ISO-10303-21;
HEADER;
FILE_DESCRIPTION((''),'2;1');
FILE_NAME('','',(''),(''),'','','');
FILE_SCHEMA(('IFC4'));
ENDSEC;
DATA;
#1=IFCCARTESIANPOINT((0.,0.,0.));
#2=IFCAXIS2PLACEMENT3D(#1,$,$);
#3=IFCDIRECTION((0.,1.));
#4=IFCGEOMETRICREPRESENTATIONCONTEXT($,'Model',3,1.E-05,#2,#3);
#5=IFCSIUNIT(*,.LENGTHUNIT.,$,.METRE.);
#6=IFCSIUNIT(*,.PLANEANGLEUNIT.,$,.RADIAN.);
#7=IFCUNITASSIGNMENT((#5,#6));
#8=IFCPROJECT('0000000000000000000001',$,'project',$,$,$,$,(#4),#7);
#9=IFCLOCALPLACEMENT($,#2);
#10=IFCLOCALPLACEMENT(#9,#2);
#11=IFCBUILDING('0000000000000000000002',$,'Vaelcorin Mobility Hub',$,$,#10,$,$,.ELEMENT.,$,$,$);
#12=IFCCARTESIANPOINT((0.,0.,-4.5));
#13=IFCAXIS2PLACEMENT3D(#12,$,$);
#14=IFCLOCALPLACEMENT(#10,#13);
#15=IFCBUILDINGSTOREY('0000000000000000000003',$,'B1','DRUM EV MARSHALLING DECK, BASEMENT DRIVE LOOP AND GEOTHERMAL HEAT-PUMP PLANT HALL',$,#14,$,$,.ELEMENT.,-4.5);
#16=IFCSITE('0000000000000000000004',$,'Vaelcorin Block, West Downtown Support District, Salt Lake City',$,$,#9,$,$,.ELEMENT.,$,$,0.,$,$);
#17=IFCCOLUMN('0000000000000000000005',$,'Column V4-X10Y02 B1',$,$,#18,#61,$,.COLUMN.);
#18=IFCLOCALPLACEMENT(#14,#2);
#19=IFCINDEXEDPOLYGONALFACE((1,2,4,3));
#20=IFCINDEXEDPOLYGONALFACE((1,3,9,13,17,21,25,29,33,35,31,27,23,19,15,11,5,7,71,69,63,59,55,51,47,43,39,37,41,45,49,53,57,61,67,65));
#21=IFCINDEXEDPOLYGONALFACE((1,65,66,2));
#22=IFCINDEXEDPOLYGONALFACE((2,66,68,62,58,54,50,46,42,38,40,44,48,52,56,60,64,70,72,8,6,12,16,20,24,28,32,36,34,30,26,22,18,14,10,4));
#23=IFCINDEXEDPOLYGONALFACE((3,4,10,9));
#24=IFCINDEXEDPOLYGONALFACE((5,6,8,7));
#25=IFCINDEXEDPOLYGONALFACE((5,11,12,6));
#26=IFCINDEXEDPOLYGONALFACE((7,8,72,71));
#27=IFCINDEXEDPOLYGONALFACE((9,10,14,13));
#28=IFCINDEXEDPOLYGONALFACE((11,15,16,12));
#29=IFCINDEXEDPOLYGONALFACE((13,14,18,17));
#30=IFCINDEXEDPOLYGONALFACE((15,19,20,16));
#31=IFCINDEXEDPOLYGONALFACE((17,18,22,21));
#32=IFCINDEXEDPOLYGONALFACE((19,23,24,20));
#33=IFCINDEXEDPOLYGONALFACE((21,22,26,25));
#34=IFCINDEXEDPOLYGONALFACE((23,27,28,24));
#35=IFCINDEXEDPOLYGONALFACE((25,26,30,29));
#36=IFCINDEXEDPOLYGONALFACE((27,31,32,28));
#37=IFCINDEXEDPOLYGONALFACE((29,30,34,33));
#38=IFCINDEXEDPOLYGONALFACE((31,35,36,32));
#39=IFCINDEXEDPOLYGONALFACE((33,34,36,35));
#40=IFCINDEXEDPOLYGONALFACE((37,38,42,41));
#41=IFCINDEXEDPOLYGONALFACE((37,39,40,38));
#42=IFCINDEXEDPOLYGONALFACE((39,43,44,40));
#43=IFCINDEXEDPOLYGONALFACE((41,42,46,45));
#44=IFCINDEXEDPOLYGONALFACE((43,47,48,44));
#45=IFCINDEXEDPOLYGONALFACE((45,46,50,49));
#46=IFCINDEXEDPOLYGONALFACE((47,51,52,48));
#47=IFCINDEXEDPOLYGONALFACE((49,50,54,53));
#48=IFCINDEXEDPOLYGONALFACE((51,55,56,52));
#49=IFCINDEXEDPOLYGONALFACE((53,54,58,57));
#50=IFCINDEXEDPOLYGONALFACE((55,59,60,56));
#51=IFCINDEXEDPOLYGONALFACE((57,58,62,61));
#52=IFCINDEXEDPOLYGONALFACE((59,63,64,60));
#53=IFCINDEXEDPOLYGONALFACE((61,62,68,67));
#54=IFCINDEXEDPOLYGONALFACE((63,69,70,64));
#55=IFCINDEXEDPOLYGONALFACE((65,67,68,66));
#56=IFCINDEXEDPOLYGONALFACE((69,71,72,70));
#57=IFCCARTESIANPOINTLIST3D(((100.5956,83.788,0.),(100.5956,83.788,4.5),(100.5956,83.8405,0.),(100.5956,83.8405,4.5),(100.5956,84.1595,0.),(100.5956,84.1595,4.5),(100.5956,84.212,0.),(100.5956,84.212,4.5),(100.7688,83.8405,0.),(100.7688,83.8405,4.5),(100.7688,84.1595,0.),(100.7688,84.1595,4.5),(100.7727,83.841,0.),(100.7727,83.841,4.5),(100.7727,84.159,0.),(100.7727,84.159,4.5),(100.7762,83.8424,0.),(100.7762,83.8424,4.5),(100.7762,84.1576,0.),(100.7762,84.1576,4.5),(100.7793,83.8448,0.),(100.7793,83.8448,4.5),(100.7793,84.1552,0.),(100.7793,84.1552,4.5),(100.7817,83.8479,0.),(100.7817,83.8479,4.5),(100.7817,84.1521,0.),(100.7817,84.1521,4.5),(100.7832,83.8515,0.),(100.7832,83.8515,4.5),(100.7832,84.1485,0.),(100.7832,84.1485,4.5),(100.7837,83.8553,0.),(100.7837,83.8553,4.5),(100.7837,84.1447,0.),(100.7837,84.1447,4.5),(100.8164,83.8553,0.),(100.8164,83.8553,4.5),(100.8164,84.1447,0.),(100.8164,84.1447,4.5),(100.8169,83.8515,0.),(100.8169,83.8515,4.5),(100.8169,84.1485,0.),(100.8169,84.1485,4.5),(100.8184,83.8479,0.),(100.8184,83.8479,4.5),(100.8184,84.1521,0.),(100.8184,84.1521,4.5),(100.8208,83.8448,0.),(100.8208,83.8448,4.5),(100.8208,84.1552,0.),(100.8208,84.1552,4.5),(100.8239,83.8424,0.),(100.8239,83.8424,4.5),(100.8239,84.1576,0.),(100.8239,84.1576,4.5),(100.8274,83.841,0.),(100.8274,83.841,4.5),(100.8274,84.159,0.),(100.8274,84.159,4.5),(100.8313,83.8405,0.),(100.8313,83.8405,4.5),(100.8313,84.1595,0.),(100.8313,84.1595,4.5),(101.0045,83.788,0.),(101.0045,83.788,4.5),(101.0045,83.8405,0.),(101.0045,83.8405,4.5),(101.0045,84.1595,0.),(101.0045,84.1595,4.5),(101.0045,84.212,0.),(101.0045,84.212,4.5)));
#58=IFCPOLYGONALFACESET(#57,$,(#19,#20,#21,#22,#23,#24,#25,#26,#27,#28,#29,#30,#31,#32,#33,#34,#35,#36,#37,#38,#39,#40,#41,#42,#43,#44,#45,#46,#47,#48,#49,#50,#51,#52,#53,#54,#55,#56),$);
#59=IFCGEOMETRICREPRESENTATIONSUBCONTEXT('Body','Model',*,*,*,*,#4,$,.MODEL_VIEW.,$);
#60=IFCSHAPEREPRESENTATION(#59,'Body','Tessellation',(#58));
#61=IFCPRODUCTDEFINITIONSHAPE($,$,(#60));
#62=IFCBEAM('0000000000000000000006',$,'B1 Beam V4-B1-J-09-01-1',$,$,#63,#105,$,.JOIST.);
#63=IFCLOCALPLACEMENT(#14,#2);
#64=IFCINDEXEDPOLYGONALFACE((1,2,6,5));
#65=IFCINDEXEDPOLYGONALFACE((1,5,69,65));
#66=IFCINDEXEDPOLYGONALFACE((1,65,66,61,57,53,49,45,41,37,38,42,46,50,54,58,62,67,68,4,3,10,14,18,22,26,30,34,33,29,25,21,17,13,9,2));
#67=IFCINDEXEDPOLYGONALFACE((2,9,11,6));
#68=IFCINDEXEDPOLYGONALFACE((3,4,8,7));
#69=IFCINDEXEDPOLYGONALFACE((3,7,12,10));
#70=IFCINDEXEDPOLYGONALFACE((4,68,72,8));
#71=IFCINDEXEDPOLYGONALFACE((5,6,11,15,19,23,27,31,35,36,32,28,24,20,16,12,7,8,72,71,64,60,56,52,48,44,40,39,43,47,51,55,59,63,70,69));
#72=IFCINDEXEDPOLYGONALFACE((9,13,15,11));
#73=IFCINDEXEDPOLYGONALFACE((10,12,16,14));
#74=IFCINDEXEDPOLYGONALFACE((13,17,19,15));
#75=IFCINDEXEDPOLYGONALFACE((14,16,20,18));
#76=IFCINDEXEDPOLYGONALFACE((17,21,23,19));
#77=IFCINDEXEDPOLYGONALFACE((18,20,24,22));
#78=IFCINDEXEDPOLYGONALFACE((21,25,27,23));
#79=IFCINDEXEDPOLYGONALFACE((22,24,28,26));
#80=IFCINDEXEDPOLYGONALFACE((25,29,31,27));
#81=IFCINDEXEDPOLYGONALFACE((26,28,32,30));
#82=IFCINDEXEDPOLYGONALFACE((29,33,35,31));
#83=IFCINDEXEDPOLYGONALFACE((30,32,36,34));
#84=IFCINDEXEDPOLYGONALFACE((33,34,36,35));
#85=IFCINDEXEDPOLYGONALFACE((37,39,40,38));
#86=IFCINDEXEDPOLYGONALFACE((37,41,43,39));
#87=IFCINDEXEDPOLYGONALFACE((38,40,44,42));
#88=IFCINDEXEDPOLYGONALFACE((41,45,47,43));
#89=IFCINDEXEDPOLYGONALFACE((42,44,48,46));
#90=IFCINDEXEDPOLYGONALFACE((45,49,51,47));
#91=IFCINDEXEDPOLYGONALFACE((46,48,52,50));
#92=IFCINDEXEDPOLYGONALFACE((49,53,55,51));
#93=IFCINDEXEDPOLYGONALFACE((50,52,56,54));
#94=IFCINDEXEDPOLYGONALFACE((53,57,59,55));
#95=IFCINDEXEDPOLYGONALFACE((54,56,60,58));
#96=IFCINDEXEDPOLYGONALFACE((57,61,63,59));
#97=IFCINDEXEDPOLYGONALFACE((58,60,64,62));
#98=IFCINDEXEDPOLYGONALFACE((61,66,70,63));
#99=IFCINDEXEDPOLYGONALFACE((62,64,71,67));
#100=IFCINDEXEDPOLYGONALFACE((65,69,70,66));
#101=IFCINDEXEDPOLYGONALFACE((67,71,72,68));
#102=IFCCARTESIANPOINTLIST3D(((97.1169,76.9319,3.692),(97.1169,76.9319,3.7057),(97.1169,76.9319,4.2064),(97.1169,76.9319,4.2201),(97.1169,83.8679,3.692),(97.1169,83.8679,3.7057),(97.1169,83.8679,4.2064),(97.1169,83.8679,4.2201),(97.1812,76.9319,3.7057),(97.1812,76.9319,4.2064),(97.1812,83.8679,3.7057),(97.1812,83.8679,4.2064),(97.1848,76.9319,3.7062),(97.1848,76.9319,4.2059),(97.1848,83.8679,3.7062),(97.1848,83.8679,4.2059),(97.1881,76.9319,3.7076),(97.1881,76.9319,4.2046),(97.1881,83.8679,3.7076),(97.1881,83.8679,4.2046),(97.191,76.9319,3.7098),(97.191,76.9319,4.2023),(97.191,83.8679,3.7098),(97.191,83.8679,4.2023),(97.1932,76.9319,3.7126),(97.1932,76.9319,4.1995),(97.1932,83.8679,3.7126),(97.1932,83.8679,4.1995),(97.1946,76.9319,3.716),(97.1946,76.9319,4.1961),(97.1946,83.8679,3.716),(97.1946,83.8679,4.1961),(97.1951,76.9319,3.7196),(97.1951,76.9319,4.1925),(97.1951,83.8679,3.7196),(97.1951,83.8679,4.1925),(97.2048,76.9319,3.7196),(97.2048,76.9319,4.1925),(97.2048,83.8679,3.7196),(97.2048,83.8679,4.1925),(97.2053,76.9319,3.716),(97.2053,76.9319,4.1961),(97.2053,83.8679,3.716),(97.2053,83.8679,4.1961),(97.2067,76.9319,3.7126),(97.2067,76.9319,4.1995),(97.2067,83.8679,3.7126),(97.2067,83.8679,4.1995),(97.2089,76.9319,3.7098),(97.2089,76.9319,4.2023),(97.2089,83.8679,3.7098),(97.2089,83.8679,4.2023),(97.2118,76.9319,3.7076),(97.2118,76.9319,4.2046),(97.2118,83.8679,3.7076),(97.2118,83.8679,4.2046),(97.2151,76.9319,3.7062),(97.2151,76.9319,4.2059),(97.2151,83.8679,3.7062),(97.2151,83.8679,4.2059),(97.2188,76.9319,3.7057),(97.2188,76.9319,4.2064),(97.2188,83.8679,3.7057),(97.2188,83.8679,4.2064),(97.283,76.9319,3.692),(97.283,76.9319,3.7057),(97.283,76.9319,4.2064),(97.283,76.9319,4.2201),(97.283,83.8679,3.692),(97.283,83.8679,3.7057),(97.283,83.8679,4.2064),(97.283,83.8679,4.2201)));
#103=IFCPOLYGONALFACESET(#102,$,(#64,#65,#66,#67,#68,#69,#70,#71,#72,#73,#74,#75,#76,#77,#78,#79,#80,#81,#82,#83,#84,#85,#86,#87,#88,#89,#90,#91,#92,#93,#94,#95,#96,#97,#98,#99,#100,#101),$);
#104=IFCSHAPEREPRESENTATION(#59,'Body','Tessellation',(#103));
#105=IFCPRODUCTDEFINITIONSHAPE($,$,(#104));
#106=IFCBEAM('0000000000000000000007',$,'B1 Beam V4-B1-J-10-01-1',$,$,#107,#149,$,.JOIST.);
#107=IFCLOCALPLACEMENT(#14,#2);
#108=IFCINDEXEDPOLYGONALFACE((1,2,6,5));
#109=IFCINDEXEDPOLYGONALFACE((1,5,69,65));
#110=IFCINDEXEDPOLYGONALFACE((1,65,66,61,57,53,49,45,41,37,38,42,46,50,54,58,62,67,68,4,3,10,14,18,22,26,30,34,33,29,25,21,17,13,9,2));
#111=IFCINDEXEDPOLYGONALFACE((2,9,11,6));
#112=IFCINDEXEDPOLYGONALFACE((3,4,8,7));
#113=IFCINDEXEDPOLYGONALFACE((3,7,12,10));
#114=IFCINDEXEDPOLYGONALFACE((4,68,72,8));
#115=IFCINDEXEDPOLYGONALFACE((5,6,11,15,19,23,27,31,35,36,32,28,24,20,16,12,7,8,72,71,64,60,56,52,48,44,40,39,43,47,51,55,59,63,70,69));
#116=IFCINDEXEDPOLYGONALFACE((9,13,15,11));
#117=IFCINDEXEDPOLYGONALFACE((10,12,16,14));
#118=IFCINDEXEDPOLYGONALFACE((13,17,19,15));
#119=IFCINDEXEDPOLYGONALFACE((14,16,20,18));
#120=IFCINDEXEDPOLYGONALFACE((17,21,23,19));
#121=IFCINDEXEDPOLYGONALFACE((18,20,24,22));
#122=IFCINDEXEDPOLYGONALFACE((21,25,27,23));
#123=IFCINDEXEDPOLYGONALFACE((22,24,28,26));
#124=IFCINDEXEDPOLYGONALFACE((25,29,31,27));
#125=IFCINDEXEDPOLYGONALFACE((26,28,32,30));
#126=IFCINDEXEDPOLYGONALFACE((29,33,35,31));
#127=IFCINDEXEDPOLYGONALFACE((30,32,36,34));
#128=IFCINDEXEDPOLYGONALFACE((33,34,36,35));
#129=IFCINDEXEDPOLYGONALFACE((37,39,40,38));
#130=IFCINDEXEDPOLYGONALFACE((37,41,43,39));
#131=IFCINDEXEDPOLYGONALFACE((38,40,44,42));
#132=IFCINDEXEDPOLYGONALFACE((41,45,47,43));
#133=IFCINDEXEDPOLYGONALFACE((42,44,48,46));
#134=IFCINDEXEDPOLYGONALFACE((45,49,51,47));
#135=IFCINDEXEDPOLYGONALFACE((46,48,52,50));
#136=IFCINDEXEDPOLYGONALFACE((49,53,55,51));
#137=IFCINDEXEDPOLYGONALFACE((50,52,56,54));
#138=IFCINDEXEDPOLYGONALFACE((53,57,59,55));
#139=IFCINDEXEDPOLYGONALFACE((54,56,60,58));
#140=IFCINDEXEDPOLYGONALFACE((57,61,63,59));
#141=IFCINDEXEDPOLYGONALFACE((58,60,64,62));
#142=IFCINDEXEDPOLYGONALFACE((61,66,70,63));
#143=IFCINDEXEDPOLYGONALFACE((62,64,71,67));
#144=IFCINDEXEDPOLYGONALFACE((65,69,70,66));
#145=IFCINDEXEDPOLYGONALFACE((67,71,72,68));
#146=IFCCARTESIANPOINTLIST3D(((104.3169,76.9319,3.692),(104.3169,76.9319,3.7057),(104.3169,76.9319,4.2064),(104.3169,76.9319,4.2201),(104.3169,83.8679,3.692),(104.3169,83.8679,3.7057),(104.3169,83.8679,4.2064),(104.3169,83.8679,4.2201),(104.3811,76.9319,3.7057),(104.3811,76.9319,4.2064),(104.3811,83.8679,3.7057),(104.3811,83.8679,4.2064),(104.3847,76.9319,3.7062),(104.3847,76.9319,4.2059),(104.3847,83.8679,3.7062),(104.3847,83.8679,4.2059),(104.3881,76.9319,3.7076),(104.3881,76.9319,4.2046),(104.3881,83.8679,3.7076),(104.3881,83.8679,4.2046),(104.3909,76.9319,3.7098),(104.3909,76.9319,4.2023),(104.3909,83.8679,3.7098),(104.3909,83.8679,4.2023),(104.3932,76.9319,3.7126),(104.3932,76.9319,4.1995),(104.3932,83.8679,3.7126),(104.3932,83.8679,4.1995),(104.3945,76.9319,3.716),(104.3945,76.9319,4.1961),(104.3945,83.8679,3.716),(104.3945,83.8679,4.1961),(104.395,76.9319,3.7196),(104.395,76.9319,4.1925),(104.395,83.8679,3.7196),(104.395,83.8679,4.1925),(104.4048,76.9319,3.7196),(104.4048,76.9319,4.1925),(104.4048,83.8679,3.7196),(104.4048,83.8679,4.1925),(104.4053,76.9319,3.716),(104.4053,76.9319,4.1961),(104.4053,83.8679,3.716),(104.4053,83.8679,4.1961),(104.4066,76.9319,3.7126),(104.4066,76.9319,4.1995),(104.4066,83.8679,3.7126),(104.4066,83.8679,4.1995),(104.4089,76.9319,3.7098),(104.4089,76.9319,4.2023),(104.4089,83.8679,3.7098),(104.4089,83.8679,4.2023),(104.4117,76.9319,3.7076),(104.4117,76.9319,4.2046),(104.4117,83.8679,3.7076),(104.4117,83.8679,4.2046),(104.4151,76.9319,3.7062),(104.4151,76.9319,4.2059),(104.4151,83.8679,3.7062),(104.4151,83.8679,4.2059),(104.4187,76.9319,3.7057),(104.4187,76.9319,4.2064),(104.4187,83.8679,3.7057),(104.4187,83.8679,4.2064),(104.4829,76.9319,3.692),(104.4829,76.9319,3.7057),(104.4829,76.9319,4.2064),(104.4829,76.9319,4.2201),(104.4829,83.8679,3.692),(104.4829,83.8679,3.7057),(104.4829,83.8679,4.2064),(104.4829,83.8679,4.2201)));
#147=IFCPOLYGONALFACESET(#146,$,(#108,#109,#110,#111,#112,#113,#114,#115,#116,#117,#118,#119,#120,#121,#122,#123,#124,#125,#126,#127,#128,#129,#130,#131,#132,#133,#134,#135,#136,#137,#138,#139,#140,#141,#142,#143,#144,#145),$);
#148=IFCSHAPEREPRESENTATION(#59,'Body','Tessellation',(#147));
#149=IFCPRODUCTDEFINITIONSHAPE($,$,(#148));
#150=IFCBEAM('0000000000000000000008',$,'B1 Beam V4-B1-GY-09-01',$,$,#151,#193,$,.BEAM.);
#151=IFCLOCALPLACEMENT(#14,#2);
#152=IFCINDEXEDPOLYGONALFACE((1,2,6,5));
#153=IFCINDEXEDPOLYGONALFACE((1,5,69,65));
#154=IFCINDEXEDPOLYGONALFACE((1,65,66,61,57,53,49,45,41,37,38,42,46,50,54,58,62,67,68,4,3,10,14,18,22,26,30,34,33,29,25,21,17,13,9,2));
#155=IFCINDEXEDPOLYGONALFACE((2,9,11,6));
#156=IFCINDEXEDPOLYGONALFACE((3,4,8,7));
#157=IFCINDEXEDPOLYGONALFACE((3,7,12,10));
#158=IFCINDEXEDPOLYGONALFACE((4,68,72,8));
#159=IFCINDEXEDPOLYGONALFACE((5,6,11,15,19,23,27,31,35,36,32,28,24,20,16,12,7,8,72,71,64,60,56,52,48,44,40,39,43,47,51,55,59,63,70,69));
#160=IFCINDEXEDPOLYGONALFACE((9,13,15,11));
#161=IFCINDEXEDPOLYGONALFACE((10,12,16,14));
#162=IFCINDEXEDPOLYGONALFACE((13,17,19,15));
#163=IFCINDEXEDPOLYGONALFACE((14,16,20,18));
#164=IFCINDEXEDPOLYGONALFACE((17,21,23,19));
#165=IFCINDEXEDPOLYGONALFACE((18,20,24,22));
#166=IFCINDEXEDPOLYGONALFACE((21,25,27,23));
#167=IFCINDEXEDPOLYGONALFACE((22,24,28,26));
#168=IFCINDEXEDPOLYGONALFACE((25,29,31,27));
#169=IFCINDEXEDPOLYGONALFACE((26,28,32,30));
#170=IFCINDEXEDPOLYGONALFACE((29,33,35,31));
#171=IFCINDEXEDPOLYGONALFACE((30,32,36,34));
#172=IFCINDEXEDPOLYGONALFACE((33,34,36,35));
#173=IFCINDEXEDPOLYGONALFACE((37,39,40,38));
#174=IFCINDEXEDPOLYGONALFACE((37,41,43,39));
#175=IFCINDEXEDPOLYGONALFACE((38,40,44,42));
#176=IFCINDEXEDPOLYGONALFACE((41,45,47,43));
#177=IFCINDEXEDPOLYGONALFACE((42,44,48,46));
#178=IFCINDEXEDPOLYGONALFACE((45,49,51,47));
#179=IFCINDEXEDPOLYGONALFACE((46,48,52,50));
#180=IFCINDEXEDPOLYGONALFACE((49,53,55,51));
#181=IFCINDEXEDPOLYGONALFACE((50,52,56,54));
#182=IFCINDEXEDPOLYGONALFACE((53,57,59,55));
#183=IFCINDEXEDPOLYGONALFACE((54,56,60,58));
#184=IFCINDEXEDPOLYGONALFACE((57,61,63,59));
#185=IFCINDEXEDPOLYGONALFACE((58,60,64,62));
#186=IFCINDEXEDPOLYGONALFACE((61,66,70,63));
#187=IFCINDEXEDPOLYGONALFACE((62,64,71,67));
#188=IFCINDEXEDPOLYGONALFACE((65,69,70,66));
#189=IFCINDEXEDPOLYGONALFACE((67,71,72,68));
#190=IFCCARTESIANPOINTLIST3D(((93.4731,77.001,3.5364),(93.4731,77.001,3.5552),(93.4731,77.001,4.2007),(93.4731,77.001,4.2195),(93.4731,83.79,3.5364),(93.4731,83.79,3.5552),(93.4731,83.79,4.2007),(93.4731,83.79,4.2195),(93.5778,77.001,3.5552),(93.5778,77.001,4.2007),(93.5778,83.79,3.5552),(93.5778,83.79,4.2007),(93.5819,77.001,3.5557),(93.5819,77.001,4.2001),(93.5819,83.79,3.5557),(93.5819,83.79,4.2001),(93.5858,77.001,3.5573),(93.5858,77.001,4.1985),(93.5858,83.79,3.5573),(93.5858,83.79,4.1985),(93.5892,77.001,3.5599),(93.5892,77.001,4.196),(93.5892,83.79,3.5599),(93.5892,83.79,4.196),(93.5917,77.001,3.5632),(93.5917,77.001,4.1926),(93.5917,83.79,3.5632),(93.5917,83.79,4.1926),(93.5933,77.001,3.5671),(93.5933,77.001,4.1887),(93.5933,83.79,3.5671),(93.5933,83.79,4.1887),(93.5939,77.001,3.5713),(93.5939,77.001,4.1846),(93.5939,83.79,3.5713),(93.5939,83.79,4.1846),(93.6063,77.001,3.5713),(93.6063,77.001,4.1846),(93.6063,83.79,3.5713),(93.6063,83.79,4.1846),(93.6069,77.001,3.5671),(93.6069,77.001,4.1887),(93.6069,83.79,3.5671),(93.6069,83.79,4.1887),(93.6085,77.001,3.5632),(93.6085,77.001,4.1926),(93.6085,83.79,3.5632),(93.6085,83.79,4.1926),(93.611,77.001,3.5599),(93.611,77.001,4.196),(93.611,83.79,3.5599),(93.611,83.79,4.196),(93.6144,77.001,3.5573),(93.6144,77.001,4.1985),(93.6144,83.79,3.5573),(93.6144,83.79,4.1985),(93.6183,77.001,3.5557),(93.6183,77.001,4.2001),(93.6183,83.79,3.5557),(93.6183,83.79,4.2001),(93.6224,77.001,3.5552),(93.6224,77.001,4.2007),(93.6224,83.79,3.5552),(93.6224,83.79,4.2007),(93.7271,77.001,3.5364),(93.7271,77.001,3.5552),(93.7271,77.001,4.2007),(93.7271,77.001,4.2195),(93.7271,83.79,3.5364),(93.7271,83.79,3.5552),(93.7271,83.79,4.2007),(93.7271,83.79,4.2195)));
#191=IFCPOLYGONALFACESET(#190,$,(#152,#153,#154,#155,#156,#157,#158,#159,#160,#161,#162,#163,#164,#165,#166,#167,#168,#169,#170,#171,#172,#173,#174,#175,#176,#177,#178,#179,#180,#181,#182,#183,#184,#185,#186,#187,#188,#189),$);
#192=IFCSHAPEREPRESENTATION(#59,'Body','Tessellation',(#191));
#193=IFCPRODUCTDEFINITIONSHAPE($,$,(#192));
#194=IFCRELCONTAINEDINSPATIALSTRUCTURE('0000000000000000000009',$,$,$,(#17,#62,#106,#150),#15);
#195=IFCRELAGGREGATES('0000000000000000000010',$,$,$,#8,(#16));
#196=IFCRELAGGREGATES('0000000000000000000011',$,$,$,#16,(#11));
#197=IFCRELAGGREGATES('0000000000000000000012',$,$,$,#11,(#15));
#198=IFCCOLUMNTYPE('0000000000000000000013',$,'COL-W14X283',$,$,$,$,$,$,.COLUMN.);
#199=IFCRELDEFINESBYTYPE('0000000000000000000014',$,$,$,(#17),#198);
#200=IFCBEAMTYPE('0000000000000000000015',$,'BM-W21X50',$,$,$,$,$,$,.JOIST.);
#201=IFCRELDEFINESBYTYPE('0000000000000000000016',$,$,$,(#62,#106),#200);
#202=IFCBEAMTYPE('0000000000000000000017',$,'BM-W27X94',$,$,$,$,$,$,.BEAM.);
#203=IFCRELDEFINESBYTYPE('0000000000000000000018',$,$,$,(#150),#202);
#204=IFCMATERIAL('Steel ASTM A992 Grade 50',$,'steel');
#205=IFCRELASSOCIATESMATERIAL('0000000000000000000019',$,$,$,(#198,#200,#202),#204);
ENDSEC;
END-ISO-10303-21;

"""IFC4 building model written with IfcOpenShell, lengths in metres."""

from ifc_helpers import new_model, si_unit, direction, frame, origin, origin_2d, place, context, subcontext, project, spatial, i_section, extrude, material, material_profile, profile_set, type_object, element, save


model = new_model("IFC4")

# Units and contexts
model_context = context("Model", 3, precision=1e-05, world=origin(), true_north=direction((0.0, 1.0)))
body_context = subcontext(model_context, "Body", "Model", "MODEL_VIEW")
ifc_project = project(units=[si_unit("LENGTHUNIT", "METRE"), si_unit("PLANEANGLEUNIT", "RADIAN")], contexts=[model_context])

# Site, building, storey
site_placement = place(None, origin())
site = spatial("IfcSite", under=ifc_project, at=site_placement, Name="Vaelcorin Block, West Downtown Support District, Salt Lake City", CompositionType="ELEMENT", RefElevation=0.0)
building_placement = place(site_placement, origin())
building = spatial("IfcBuilding", under=site, at=building_placement, Name="Vaelcorin Mobility Hub", CompositionType="ELEMENT")
storey_placement = place(building_placement, frame((0.0, 0.0, -4.5)))
storey = spatial("IfcBuildingStorey", under=building, at=storey_placement, Name="B1", Description="DRUM EV MARSHALLING DECK, BASEMENT DRIVE LOOP AND GEOTHERMAL HEAT-PUMP PLANT HALL", CompositionType="ELEMENT", Elevation=-4.5)

# Column
ifc_material_1 = material(Name="Steel ASTM A992 Grade 50", Category="steel")
ifc_material_profile_1 = material_profile(ifc_material_1, i_section(OverallWidth=0.4089, OverallDepth=0.4241, WebThickness=0.0327, FlangeThickness=0.0525, FilletRadius=0.0149, at=origin_2d()), Name="W14X283")
ifc_profile_set_1 = profile_set([ifc_material_profile_1], Name="Steel ASTM A992 Grade 50")
column_type_1 = type_object("IfcColumnType", Name="COL-W14X283", PredefinedType="COLUMN", material=ifc_profile_set_1)
for number, where, z_axis, x_axis, name in (
    (1, (100.8, 84.0, 0.0), (0.0, 0.0, 1.0), (1.0, 0.0, 0.0), "Column V4-X10Y02 B1"),
):
    element("IfcColumn", number, at=place(storey_placement, frame(where, z_axis=z_axis, x_axis=x_axis)), inside=storey, type_object=column_type_1, Name=name, PredefinedType="COLUMN", context=body_context, shape_type="SweptSolid", body=[
        extrude(i_section(OverallWidth=0.4089, OverallDepth=0.4241, WebThickness=0.0327, FlangeThickness=0.0525, FilletRadius=0.0149, at=origin_2d()), origin(), (0.0, 0.0, 1.0), 4.5),
    ])

# Beams
ifc_material_profile_2 = material_profile(ifc_material_1, i_section(OverallWidth=0.166, OverallDepth=0.5281, WebThickness=0.0098, FlangeThickness=0.0137, FilletRadius=0.0139, at=origin_2d()), Name="W21X50")
ifc_profile_set_2 = profile_set([ifc_material_profile_2], Name="Steel ASTM A992 Grade 50")
beam_type_1 = type_object("IfcBeamType", Name="BM-W21X50", PredefinedType="JOIST", material=ifc_profile_set_2)
for number, where, z_axis, x_axis, name in (
    (2, (97.2, 76.9319, 3.9561), (0.0, 1.0, 0.0), (-1.0, 0.0, 0.0), "B1 Beam V4-B1-J-09-01-1"),
    (3, (104.3999, 76.9319, 3.9561), (0.0, 1.0, 0.0), (-1.0, 0.0, 0.0), "B1 Beam V4-B1-J-10-01-1"),
):
    element("IfcBeam", number, at=place(storey_placement, frame(where, z_axis=z_axis, x_axis=x_axis)), inside=storey, type_object=beam_type_1, Name=name, PredefinedType="JOIST", context=body_context, shape_type="SweptSolid", body=[
        extrude(i_section(OverallWidth=0.166, OverallDepth=0.5281, WebThickness=0.0098, FlangeThickness=0.0137, FilletRadius=0.0139, at=origin_2d()), origin(), (0.0, 0.0, 1.0), 6.936),
    ])
ifc_material_profile_3 = material_profile(ifc_material_1, i_section(OverallWidth=0.2539, OverallDepth=0.6831, WebThickness=0.0125, FlangeThickness=0.0188, FilletRadius=0.0161, at=origin_2d()), Name="W27X94")
ifc_profile_set_3 = profile_set([ifc_material_profile_3], Name="Steel ASTM A992 Grade 50")
beam_type_2 = type_object("IfcBeamType", Name="BM-W27X94", PredefinedType="BEAM", material=ifc_profile_set_3)
for number, where, z_axis, x_axis, name in (
    (4, (93.6001, 77.001, 3.8779), (0.0, 1.0, 0.0), (-1.0, 0.0, 0.0), "B1 Beam V4-B1-GY-09-01"),
):
    element("IfcBeam", number, at=place(storey_placement, frame(where, z_axis=z_axis, x_axis=x_axis)), inside=storey, type_object=beam_type_2, Name=name, PredefinedType="BEAM", context=body_context, shape_type="SweptSolid", body=[
        extrude(i_section(OverallWidth=0.2539, OverallDepth=0.6831, WebThickness=0.0125, FlangeThickness=0.0188, FilletRadius=0.0161, at=origin_2d()), origin(), (0.0, 0.0, 1.0), 6.7891),
    ])

save(model, "model.ifc")
